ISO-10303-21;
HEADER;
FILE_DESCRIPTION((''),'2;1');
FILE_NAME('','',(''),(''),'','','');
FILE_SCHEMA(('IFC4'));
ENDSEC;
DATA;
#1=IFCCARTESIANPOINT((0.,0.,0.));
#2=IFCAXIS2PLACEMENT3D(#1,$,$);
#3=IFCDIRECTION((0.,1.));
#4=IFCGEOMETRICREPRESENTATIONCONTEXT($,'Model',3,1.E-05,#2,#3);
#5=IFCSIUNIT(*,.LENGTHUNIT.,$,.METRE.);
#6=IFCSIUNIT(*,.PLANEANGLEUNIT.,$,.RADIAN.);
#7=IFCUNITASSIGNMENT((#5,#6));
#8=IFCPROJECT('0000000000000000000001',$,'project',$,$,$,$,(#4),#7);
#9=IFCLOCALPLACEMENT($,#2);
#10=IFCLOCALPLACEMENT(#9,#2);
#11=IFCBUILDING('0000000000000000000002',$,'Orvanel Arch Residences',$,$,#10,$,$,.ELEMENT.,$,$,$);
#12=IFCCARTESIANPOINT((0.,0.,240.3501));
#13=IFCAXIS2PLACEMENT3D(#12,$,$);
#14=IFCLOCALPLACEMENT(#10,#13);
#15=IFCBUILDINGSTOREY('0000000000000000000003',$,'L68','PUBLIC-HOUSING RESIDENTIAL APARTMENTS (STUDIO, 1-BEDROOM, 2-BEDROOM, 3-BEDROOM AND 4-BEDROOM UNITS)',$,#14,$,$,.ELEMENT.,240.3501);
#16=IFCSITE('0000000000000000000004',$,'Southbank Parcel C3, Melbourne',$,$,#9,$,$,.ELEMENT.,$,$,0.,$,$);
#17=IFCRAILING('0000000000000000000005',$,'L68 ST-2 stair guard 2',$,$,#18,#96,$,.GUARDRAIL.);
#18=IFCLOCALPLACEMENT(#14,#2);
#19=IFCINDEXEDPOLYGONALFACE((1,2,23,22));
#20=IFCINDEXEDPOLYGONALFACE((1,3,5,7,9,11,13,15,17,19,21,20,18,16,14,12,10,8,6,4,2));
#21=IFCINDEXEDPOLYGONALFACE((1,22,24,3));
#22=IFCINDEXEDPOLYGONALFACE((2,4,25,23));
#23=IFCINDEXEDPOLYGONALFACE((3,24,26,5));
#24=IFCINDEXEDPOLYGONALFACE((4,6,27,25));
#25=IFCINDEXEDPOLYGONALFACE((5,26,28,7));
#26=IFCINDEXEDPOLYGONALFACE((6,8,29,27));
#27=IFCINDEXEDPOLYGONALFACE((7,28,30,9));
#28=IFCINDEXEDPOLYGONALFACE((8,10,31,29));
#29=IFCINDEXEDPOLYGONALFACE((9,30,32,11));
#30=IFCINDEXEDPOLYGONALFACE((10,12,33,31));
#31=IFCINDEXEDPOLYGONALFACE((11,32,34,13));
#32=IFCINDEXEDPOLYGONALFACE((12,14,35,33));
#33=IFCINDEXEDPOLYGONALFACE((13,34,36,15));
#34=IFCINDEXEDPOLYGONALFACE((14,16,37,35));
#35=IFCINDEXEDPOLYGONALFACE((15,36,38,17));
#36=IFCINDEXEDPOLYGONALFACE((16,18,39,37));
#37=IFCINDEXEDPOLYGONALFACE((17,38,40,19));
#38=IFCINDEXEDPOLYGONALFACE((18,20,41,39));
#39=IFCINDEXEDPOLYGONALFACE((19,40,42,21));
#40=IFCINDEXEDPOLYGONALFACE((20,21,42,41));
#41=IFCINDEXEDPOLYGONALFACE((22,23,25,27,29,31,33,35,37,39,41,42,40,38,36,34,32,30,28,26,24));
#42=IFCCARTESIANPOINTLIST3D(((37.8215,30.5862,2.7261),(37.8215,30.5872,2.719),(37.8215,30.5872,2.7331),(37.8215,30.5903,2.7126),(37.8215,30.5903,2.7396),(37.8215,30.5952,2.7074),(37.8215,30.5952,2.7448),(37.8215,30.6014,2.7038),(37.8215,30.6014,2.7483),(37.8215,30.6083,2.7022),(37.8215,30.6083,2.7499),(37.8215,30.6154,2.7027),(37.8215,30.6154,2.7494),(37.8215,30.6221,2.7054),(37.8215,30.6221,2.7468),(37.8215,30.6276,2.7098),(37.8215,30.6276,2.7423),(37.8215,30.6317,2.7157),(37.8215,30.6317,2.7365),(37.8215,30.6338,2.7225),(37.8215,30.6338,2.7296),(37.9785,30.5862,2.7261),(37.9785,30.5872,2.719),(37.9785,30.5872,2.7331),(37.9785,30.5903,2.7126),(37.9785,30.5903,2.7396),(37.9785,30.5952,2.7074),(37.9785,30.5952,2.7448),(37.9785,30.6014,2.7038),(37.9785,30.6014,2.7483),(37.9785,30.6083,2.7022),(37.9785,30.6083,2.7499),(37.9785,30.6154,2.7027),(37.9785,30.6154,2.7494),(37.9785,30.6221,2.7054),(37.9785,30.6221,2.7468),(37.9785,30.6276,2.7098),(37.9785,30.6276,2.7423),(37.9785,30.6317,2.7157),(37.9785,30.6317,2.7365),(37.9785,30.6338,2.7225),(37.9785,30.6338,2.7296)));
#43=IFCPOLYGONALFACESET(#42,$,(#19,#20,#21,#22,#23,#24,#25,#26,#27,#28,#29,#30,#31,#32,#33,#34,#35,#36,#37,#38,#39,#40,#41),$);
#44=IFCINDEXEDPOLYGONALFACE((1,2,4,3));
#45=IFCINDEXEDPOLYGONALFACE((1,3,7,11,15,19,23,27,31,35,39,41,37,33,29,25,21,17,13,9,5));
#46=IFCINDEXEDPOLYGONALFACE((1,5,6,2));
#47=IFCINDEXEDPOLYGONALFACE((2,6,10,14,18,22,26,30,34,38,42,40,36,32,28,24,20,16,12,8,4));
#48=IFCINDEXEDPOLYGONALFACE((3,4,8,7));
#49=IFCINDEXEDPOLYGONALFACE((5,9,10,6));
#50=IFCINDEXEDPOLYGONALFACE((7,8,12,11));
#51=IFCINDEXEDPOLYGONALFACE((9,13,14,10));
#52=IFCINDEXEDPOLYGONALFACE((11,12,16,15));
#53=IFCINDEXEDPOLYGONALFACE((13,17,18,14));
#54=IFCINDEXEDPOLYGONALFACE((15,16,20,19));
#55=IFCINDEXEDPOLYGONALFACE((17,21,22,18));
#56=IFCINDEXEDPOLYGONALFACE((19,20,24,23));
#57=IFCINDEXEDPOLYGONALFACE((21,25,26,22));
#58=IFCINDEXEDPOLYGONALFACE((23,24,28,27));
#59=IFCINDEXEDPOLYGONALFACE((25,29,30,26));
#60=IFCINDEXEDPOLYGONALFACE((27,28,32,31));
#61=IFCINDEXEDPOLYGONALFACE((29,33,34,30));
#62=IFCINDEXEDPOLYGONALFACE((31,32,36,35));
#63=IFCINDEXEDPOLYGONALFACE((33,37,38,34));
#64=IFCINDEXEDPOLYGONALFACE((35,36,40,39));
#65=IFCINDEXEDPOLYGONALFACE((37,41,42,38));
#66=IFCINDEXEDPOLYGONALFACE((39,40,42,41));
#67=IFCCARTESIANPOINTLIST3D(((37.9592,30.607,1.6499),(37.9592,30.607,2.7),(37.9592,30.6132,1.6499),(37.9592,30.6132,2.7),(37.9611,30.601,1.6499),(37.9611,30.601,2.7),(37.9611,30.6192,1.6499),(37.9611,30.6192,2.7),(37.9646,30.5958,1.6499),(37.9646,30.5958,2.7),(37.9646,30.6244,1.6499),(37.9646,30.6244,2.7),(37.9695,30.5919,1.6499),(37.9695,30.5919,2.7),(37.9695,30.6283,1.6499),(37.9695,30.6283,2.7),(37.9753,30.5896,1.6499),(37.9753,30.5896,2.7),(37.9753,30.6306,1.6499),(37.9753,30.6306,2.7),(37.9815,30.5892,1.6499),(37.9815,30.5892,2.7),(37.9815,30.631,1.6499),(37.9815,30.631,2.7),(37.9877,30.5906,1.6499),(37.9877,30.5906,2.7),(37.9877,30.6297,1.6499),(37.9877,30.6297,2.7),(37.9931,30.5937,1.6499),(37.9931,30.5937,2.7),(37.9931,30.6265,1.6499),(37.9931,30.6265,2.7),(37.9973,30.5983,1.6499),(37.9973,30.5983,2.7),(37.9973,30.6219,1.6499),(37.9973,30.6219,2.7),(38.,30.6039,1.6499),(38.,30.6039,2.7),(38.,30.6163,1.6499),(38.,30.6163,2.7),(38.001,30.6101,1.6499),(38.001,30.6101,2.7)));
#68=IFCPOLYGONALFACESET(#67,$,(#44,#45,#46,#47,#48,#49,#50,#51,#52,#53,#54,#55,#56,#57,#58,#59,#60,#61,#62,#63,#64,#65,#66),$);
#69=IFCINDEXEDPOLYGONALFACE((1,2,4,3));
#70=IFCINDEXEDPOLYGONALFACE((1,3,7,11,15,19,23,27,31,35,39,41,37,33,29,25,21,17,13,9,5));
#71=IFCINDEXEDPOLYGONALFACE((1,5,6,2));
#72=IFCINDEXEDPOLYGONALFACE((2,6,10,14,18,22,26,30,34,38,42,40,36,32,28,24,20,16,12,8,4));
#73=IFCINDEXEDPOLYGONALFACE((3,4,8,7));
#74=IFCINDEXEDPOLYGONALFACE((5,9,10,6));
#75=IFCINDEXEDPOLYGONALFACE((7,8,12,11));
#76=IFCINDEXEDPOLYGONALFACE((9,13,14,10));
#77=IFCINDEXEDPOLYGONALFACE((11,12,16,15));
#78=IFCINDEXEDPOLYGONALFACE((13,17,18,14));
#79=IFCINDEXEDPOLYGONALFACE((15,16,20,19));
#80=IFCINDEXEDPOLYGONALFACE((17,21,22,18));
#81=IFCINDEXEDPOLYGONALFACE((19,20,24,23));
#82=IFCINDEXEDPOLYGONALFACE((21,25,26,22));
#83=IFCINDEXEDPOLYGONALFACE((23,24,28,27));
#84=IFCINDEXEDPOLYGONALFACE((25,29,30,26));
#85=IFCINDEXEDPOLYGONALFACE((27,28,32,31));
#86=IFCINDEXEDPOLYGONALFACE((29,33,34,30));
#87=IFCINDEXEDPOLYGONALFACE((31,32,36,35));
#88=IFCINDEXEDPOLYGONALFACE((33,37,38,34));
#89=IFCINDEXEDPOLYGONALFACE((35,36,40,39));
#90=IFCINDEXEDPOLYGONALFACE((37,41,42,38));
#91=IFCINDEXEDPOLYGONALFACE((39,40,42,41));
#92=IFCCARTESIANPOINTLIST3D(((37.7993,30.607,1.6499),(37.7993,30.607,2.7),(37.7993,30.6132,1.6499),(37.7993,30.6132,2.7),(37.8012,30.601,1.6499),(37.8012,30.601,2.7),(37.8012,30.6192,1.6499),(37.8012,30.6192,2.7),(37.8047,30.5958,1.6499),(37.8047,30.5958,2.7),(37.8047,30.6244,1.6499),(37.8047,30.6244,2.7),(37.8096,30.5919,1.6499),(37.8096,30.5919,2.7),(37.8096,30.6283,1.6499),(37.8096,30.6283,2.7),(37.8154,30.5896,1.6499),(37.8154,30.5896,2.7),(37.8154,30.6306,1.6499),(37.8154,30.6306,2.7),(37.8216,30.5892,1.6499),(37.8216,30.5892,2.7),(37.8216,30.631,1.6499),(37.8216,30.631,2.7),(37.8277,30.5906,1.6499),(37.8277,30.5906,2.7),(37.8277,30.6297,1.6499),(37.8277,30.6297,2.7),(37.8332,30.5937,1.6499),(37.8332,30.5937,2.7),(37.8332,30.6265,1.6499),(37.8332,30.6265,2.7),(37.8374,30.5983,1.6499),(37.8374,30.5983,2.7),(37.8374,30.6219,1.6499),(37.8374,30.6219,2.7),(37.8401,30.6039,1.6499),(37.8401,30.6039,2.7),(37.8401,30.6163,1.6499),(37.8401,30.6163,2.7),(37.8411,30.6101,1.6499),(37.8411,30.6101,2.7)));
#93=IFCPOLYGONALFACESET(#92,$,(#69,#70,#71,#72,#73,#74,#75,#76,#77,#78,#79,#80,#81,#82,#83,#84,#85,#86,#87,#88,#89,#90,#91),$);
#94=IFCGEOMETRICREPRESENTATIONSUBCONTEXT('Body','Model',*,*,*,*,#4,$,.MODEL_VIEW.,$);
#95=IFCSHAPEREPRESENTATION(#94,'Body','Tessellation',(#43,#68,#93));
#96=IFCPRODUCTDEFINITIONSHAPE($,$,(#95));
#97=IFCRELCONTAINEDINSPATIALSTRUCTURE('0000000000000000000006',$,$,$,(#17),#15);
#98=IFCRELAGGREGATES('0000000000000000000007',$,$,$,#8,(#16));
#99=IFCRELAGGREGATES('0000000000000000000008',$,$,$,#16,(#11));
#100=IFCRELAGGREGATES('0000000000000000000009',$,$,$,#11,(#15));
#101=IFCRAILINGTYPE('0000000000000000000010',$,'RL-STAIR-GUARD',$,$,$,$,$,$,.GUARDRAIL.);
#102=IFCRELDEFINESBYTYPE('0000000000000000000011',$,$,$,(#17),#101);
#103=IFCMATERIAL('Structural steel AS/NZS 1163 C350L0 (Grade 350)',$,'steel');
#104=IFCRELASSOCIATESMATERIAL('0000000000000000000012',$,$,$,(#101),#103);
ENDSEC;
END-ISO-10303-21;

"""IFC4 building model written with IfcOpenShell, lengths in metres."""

from ifc_helpers import new_model, si_unit, direction, frame, origin, origin_2d, place, context, subcontext, project, spatial, circle, extrude, material, type_object, element, save


model = new_model("IFC4")

# Units and contexts
model_context = context("Model", 3, precision=1e-05, world=origin(), true_north=direction((0.0, 1.0)))
body_context = subcontext(model_context, "Body", "Model", "MODEL_VIEW")
ifc_project = project(units=[si_unit("LENGTHUNIT", "METRE"), si_unit("PLANEANGLEUNIT", "RADIAN")], contexts=[model_context])

# Site, building, storey
site_placement = place(None, origin())
site = spatial("IfcSite", under=ifc_project, at=site_placement, Name="Southbank Parcel C3, Melbourne", CompositionType="ELEMENT", RefElevation=0.0)
building_placement = place(site_placement, origin())
building = spatial("IfcBuilding", under=site, at=building_placement, Name="Orvanel Arch Residences", CompositionType="ELEMENT")
storey_placement = place(building_placement, frame((0.0, 0.0, 240.3501)))
storey = spatial("IfcBuildingStorey", under=building, at=storey_placement, Name="L68", Description="PUBLIC-HOUSING RESIDENTIAL APARTMENTS (STUDIO, 1-BEDROOM, 2-BEDROOM, 3-BEDROOM AND 4-BEDROOM UNITS)", CompositionType="ELEMENT", Elevation=240.3501)

# Railing
ifc_material_1 = material(Name="Structural steel AS/NZS 1163 C350L0 (Grade 350)", Category="steel")
railing_type_1 = type_object("IfcRailingType", Name="RL-STAIR-GUARD", PredefinedType="GUARDRAIL", material=ifc_material_1)
railing_1_placement = place(storey_placement, frame((37.98, 30.6101, 1.6499)))
element("IfcRailing", 1, at=railing_1_placement, inside=storey, type_object=railing_type_1, Name="L68 ST-2 stair guard 2", PredefinedType="GUARDRAIL", context=body_context, shape_type="SweptSolid", body=[
    extrude(circle(Radius=0.0239, at=origin_2d()), frame((-0.0015, 0.0, 1.0762), z_axis=(-1.0, 0.0, 0.0), x_axis=(0.0, -1.0, 0.0)), (0.0, 0.0, 1.0), 0.157),
    extrude(circle(Radius=0.021, at=origin_2d()), origin(), (0.0, 0.0, 1.0), 1.05),
    extrude(circle(Radius=0.021, at=origin_2d()), frame((-0.1599, 0.0, 0.0)), (0.0, 0.0, 1.0), 1.05),
])

save(model, "model.ifc")
